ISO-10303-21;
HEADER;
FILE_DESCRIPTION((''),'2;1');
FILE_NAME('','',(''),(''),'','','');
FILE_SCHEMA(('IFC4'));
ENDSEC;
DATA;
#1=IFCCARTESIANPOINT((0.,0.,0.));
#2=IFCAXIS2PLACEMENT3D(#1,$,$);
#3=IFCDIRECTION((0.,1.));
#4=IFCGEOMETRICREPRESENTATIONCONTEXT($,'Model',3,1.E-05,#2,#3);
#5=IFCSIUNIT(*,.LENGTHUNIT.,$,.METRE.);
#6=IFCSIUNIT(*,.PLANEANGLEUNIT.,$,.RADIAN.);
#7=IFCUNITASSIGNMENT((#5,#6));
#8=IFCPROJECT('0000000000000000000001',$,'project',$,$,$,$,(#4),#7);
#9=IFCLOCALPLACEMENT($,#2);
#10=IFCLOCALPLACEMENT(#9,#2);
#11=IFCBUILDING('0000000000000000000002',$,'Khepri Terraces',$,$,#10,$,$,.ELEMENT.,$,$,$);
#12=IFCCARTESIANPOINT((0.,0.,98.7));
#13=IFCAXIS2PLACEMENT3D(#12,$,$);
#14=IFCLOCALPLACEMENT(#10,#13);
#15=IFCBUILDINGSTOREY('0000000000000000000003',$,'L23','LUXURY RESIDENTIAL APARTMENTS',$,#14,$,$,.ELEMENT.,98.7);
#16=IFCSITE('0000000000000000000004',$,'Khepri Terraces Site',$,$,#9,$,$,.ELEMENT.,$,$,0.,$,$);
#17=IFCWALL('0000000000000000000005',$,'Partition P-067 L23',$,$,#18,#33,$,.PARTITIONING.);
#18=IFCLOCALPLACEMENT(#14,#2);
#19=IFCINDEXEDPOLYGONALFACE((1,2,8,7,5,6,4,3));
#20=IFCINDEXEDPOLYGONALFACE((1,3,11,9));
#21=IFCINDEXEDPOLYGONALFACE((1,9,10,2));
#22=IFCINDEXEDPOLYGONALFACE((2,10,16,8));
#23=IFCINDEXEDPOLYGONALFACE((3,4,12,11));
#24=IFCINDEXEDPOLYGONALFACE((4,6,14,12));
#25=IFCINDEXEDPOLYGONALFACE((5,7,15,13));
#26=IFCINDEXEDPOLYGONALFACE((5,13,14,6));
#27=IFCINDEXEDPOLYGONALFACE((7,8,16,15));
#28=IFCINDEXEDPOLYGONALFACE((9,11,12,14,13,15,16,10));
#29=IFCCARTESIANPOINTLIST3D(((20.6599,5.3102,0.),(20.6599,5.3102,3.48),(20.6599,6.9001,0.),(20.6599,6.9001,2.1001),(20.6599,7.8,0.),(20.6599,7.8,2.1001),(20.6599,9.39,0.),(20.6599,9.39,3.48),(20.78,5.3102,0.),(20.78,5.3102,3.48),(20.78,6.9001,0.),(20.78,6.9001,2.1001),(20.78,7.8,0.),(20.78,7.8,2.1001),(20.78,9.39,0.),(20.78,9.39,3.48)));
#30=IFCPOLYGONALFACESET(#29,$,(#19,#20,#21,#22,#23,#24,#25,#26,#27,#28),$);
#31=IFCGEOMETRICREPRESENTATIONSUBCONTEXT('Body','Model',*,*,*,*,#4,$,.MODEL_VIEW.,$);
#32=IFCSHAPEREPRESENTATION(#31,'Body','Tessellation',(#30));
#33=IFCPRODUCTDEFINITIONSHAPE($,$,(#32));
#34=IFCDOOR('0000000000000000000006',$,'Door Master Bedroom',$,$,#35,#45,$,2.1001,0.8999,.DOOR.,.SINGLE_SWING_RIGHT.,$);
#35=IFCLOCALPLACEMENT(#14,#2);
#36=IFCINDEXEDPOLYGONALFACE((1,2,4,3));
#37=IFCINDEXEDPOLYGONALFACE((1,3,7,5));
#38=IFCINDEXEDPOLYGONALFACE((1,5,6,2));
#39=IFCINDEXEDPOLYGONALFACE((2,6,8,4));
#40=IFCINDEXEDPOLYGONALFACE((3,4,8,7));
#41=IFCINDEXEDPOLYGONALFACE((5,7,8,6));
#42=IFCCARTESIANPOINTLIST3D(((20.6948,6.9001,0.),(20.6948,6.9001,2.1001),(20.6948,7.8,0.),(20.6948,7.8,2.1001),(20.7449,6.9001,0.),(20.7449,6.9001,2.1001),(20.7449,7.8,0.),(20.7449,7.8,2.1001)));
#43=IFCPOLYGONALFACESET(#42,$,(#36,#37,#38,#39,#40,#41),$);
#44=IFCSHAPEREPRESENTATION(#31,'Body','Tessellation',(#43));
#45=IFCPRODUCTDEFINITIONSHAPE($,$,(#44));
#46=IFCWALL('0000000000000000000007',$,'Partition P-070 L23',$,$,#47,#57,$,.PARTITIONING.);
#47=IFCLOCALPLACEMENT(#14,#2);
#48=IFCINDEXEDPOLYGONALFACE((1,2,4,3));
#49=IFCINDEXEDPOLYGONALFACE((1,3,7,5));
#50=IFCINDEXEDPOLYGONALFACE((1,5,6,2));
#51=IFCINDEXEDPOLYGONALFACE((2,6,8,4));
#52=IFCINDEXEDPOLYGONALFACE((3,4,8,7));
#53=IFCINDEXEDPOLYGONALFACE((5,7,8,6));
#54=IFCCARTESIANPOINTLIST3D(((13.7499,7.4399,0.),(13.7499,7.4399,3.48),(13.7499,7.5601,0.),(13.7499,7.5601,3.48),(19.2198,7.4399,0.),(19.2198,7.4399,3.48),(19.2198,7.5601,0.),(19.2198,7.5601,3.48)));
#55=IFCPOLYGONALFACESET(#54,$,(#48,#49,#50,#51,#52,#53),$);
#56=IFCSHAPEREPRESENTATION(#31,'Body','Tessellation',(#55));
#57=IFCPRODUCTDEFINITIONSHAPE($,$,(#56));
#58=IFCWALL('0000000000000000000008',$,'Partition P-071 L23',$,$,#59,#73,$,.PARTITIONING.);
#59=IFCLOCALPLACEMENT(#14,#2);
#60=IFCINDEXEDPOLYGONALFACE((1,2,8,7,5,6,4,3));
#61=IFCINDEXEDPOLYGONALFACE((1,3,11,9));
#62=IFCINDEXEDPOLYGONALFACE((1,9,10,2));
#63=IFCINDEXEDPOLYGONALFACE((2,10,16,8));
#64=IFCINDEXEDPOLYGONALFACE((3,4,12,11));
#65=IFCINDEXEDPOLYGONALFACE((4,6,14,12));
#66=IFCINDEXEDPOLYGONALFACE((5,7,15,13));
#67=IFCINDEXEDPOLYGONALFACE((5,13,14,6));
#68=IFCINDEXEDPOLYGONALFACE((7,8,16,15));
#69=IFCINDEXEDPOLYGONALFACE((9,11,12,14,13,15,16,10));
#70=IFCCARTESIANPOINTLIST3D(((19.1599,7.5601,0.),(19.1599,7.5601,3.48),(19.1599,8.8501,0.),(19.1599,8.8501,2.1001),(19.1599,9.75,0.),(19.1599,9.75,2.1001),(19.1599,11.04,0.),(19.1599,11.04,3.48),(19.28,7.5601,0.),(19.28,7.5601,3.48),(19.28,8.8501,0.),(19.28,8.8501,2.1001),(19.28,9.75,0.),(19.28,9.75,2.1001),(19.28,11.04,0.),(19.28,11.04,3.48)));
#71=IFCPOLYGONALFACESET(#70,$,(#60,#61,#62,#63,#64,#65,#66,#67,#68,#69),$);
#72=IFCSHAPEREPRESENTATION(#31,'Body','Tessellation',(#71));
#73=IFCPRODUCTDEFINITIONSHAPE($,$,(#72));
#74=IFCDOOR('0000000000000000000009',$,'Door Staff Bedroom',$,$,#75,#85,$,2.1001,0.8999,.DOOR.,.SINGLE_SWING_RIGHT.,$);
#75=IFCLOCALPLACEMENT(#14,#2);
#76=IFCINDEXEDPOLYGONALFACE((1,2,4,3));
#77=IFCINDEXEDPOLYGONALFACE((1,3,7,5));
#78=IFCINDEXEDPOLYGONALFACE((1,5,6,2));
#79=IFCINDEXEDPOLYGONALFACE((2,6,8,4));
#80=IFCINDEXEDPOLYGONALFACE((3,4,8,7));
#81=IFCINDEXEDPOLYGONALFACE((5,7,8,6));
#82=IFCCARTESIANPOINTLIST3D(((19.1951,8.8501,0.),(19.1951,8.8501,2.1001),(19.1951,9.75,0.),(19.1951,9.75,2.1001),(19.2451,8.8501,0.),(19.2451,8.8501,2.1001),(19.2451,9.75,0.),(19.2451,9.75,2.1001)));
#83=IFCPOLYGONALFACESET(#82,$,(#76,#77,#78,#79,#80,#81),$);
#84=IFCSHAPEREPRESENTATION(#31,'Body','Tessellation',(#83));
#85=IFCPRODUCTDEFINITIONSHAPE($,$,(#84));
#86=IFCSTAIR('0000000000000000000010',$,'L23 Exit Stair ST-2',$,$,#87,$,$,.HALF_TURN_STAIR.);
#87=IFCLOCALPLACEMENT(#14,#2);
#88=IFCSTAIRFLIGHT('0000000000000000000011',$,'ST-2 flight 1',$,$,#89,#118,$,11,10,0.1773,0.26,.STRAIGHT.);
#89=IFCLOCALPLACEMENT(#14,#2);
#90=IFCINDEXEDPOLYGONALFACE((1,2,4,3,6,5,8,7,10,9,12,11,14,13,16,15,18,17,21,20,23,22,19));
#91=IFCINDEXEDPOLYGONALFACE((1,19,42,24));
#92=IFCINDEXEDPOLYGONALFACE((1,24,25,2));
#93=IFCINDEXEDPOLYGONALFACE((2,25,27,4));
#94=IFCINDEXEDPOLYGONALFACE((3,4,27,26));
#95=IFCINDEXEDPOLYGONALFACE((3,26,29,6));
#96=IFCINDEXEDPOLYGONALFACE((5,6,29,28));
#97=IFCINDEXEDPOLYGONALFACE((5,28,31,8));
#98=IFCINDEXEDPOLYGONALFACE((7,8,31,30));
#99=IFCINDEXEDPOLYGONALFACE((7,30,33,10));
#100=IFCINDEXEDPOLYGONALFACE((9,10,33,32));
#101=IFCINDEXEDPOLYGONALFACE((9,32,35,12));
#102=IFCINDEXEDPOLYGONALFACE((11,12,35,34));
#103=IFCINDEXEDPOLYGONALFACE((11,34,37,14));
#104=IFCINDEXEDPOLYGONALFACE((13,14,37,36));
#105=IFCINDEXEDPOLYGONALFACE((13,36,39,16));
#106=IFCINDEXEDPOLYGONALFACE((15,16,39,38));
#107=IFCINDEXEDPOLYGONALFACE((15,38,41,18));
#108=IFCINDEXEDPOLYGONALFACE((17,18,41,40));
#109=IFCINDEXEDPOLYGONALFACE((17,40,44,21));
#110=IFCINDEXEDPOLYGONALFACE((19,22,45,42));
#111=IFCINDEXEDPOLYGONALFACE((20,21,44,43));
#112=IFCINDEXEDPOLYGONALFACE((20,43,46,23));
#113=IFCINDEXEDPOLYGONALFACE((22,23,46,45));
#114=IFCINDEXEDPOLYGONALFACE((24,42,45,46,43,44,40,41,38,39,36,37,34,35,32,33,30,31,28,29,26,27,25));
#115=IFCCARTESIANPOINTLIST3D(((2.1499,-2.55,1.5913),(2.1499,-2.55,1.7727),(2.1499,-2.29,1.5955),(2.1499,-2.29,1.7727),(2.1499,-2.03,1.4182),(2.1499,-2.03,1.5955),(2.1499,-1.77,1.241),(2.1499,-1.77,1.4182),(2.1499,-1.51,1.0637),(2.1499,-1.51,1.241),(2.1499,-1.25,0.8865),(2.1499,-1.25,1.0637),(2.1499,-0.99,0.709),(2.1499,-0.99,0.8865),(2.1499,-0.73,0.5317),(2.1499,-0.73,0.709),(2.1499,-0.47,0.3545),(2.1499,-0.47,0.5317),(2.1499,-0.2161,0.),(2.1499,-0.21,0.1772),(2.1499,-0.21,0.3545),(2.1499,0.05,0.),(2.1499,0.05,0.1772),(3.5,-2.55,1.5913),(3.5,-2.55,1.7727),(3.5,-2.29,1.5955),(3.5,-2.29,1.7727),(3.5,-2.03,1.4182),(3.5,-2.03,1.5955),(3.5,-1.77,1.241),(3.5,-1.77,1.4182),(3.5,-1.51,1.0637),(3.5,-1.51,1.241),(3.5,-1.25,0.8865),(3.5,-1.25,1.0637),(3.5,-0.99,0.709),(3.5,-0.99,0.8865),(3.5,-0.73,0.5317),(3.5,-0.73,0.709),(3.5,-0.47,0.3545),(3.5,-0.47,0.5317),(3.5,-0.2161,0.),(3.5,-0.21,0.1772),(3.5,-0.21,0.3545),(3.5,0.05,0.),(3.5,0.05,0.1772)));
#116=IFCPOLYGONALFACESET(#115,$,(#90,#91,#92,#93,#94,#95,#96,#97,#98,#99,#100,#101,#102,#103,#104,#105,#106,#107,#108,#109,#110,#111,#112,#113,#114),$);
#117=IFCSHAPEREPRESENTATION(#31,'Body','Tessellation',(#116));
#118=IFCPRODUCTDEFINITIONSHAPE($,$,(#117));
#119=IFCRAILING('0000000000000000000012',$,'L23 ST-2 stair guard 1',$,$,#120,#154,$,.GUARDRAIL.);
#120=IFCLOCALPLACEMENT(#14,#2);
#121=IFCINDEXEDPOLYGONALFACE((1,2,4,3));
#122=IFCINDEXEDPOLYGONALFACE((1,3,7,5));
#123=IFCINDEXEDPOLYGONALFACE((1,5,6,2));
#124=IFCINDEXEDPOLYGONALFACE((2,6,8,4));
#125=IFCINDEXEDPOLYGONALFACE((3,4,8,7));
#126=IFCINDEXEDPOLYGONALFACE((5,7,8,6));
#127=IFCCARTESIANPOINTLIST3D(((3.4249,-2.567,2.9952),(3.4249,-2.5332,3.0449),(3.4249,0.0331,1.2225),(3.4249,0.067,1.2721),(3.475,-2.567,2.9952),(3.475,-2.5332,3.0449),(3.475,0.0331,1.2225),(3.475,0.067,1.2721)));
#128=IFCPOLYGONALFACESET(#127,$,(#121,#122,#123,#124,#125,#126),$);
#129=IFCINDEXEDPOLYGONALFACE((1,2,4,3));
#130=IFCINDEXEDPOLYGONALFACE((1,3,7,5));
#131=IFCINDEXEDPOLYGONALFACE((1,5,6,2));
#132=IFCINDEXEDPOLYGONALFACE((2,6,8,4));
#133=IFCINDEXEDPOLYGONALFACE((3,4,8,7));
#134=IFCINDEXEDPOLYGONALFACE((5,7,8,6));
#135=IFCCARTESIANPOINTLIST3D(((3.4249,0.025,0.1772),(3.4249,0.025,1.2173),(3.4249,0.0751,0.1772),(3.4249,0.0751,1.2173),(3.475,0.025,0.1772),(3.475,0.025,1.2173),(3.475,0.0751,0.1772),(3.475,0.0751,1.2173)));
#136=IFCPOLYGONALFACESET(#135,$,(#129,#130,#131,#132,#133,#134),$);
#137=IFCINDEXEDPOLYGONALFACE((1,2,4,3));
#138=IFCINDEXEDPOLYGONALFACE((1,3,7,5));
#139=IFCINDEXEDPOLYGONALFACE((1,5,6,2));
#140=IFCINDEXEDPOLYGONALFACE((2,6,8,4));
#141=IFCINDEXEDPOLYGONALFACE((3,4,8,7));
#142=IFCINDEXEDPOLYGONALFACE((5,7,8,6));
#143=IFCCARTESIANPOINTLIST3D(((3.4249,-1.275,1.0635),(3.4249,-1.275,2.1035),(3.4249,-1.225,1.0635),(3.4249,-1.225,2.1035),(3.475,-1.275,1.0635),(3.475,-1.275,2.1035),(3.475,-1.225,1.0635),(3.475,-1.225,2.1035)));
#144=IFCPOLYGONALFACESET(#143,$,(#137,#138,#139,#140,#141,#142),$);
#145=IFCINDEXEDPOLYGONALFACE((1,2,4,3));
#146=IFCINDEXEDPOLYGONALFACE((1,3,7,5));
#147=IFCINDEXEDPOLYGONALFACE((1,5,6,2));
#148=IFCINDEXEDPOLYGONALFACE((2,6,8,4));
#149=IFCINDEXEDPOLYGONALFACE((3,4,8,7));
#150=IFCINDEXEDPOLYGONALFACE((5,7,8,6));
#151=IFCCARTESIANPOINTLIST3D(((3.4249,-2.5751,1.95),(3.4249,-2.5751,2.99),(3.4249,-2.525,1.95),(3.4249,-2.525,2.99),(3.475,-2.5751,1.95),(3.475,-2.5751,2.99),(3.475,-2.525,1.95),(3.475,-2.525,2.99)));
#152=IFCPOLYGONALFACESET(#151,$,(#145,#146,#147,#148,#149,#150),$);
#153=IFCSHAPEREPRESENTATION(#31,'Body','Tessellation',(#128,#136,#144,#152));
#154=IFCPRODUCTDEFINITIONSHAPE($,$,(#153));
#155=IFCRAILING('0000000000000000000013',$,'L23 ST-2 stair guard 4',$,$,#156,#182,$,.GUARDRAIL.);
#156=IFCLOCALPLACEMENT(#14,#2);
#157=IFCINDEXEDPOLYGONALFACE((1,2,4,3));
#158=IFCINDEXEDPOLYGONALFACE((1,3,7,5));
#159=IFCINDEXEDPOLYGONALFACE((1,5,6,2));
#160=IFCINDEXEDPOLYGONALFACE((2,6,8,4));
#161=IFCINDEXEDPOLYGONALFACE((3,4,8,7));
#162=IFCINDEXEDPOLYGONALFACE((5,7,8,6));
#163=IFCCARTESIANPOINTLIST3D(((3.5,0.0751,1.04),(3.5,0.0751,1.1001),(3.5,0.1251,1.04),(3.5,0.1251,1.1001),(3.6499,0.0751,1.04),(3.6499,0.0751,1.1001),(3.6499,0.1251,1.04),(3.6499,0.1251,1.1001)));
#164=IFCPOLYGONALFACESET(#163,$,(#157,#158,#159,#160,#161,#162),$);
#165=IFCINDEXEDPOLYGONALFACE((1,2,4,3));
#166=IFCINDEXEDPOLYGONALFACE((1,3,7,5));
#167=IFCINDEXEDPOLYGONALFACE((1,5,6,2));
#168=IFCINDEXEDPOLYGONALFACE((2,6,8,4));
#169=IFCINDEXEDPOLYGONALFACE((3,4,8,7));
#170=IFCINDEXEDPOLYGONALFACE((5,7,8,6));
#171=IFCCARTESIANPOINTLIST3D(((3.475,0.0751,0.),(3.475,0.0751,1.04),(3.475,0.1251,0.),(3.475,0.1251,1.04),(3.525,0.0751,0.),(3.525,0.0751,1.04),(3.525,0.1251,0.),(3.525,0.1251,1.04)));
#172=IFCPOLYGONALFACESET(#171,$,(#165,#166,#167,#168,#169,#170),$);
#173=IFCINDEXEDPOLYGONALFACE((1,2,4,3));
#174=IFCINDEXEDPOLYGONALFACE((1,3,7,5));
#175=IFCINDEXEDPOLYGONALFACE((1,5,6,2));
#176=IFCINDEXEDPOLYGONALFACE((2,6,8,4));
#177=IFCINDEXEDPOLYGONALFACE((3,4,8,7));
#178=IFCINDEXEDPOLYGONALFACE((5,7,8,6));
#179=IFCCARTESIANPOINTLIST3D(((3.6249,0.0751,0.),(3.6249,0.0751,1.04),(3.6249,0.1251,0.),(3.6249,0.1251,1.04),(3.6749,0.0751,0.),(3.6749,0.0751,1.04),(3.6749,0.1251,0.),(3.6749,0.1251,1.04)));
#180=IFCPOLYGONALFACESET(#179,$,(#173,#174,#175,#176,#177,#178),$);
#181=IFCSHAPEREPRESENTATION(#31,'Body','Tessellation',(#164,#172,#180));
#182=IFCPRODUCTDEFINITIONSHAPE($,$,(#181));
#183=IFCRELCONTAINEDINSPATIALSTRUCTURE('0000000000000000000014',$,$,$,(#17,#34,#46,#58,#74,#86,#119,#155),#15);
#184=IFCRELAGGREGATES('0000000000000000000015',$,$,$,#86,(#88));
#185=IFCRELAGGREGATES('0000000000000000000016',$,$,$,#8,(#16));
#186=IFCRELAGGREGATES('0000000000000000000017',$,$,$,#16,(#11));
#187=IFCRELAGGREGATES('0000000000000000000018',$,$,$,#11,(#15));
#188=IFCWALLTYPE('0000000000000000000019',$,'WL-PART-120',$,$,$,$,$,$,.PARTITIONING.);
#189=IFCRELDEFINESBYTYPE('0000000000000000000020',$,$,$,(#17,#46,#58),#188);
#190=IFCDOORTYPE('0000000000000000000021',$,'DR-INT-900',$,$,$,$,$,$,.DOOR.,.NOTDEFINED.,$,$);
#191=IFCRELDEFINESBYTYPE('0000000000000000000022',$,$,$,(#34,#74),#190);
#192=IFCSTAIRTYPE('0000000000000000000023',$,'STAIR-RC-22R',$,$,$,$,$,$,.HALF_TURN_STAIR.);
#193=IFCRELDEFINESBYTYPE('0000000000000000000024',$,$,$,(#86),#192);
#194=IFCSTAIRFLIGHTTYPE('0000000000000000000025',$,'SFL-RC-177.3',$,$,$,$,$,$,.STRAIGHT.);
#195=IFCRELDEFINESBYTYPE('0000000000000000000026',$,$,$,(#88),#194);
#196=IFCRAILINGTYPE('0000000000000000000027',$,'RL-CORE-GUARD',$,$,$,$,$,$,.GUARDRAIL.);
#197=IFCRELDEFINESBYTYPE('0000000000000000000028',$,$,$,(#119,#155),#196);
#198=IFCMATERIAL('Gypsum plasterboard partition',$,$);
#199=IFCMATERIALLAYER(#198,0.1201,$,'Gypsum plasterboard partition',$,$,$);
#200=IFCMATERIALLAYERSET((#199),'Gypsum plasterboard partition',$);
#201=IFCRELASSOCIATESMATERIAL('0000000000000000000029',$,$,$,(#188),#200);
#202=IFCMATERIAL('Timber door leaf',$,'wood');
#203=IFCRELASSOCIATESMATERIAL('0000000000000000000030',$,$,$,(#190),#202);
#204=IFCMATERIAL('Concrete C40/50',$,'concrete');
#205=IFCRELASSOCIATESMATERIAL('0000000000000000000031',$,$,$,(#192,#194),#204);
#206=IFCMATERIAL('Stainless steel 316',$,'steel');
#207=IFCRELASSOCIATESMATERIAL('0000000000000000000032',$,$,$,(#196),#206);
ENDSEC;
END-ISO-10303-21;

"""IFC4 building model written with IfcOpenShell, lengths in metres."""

from ifc_helpers import new_model, si_unit, direction, frame, frame_2d, origin, origin_2d, place, context, subcontext, project, spatial, polyline, rectangle, outline, extrude, material, layer, layer_set, type_object, element, fill, aggregate, save


model = new_model("IFC4")

# Units and contexts
model_context = context("Model", 3, precision=1e-05, world=origin(), true_north=direction((0.0, 1.0)))
body_context = subcontext(model_context, "Body", "Model", "MODEL_VIEW")
ifc_project = project(units=[si_unit("LENGTHUNIT", "METRE"), si_unit("PLANEANGLEUNIT", "RADIAN")], contexts=[model_context])

# Site, building, storey
site_placement = place(None, origin())
site = spatial("IfcSite", under=ifc_project, at=site_placement, Name="Khepri Terraces Site", CompositionType="ELEMENT", RefElevation=0.0)
building_placement = place(site_placement, origin())
building = spatial("IfcBuilding", under=site, at=building_placement, Name="Khepri Terraces", CompositionType="ELEMENT")
storey_placement = place(building_placement, frame((0.0, 0.0, 98.7)))
storey = spatial("IfcBuildingStorey", under=building, at=storey_placement, Name="L23", Description="LUXURY RESIDENTIAL APARTMENTS", CompositionType="ELEMENT", Elevation=98.7)

# Shared definitions
ifc_material_1 = material(Name="Gypsum plasterboard partition")
ifc_layer_1 = layer(ifc_material_1, 0.1201, Name="Gypsum plasterboard partition")
ifc_layer_set_1 = layer_set([ifc_layer_1], Name="Gypsum plasterboard partition")
wall_type_1 = type_object("IfcWallType", Name="WL-PART-120", PredefinedType="PARTITIONING", material=ifc_layer_set_1)

# Wall, opening, door
wall_1_placement = place(storey_placement, frame((20.72, 5.3101, 0.0), z_axis=(0.0, 0.0, 1.0), x_axis=(0.0, 1.0, 0.0)))
wall_1 = element("IfcWall", 1, at=wall_1_placement, inside=storey, type_object=wall_type_1, Name="Partition P-067 L23", PredefinedType="PARTITIONING", context=body_context, shape_type="SweptSolid", body=[
    extrude(rectangle(XDim=4.0798, YDim=0.1201, at=frame_2d((2.04, 0.0))), origin(), (0.0, 0.0, 1.0), 3.48),
])
opening_1_placement = place(wall_1_placement, frame((1.5901, 0.0, 0.0)))
opening_1 = element("IfcOpeningElement", 2, at=opening_1_placement, cuts=wall_1, PredefinedType="OPENING", context=body_context, shape_type="SweptSolid", body=[
    extrude(rectangle(XDim=0.8999, YDim=2.1001, at=frame_2d((0.45, 1.05))), frame((0.0, 0.0701, 0.0), z_axis=(0.0, -1.0, 0.0), x_axis=(1.0, 0.0, 0.0)), (0.0, 0.0, 1.0), 0.1401),
])
ifc_material_2 = material(Name="Timber door leaf", Category="wood")
door_type_1 = type_object("IfcDoorType", Name="DR-INT-900", OperationType="NOTDEFINED", PredefinedType="DOOR", material=ifc_material_2)
door_1_placement = place(opening_1_placement, frame((0.8999, 0.0, 0.0), z_axis=(0.0, 0.0, 1.0), x_axis=(-1.0, 0.0, 0.0)))
door_1 = element("IfcDoor", 3, at=door_1_placement, inside=storey, type_object=door_type_1, Name="Door Master Bedroom", OperationType="SINGLE_SWING_RIGHT", OverallHeight=2.1001, OverallWidth=0.8999, PredefinedType="DOOR", context=body_context, shape_type="SweptSolid", body=[
    extrude(rectangle(XDim=0.8999, YDim=2.1001, at=frame_2d((0.45, 1.05))), frame((0.0, 0.0249, 0.0), z_axis=(0.0, -1.0, 0.0), x_axis=(1.0, 0.0, 0.0)), (0.0, 0.0, 1.0), 0.05),
])
fill(opening_1, door_1)

# Wall
wall_2_placement = place(storey_placement, frame((13.75, 7.5, 0.0), z_axis=(0.0, 0.0, 1.0), x_axis=(1.0, 0.0, 0.0)))
element("IfcWall", 4, at=wall_2_placement, inside=storey, type_object=wall_type_1, Name="Partition P-070 L23", PredefinedType="PARTITIONING", context=body_context, shape_type="SweptSolid", body=[
    extrude(rectangle(XDim=5.47, YDim=0.1201, at=frame_2d((2.7349, 0.0))), origin(), (0.0, 0.0, 1.0), 3.48),
])

# Wall, opening, door
wall_3_placement = place(storey_placement, frame((19.22, 7.5601, 0.0), z_axis=(0.0, 0.0, 1.0), x_axis=(0.0, 1.0, 0.0)))
wall_3 = element("IfcWall", 5, at=wall_3_placement, inside=storey, type_object=wall_type_1, Name="Partition P-071 L23", PredefinedType="PARTITIONING", context=body_context, shape_type="SweptSolid", body=[
    extrude(rectangle(XDim=3.48, YDim=0.1201, at=frame_2d((1.74, 0.0))), origin(), (0.0, 0.0, 1.0), 3.48),
])
opening_2_placement = place(wall_3_placement, frame((1.29, 0.0, 0.0)))
opening_2 = element("IfcOpeningElement", 6, at=opening_2_placement, cuts=wall_3, PredefinedType="OPENING", context=body_context, shape_type="SweptSolid", body=[
    extrude(rectangle(XDim=0.8999, YDim=2.1001, at=frame_2d((0.45, 1.05))), frame((0.0, 0.0701, 0.0), z_axis=(0.0, -1.0, 0.0), x_axis=(1.0, 0.0, 0.0)), (0.0, 0.0, 1.0), 0.1401),
])
door_2_placement = place(opening_2_placement, origin())
door_2 = element("IfcDoor", 7, at=door_2_placement, inside=storey, type_object=door_type_1, Name="Door Staff Bedroom", OperationType="SINGLE_SWING_RIGHT", OverallHeight=2.1001, OverallWidth=0.8999, PredefinedType="DOOR", context=body_context, shape_type="SweptSolid", body=[
    extrude(rectangle(XDim=0.8999, YDim=2.1001, at=frame_2d((0.45, 1.05))), frame((0.0, 0.0249, 0.0), z_axis=(0.0, -1.0, 0.0), x_axis=(1.0, 0.0, 0.0)), (0.0, 0.0, 1.0), 0.05),
])
fill(opening_2, door_2)

# Stair, stair flight
ifc_material_3 = material(Name="Concrete C40/50", Category="concrete")
stair_type = type_object("IfcStairType", Name="STAIR-RC-22R", PredefinedType="HALF_TURN_STAIR", material=ifc_material_3)
stair_placement = place(storey_placement, origin())
stair = element("IfcStair", 8, at=stair_placement, inside=storey, type_object=stair_type, Name="L23 Exit Stair ST-2", PredefinedType="HALF_TURN_STAIR")
stair_flight_type = type_object("IfcStairFlightType", Name="SFL-RC-177.3", PredefinedType="STRAIGHT", material=ifc_material_3)
stair_flight_placement = place(storey_placement, frame((2.825, 0.05, 0.0), z_axis=(0.0, 0.0, 1.0), x_axis=(0.0, -1.0, 0.0)))
stair_flight = element("IfcStairFlight", 9, at=stair_flight_placement, type_object=stair_flight_type, Name="ST-2 flight 1", NumberOfRisers=11, NumberOfTreads=10, PredefinedType="STRAIGHT", RiserHeight=0.1773, TreadLength=0.26, context=body_context, shape_type="SweptSolid", body=[
    extrude(outline(polyline([(0.0, 0.0), (0.0, 0.1772), (0.26, 0.1772), (0.26, 0.3545), (0.52, 0.3545), (0.52, 0.5317), (0.78, 0.5317), (0.78, 0.709), (1.04, 0.709), (1.04, 0.8865), (1.3, 0.8865), (1.3, 1.0637), (1.5601, 1.0637), (1.5601, 1.241), (1.8201, 1.241), (1.8201, 1.4182), (2.0801, 1.4182), (2.0801, 1.5955), (2.3401, 1.5955), (2.3401, 1.7727), (2.6001, 1.7727), (2.6001, 1.95), (2.6001, 1.5913), (0.2661, 0.0), (0.0, 0.0)])), frame((0.0, 0.675, 0.0), z_axis=(0.0, -1.0, 0.0), x_axis=(1.0, 0.0, 0.0)), (0.0, 0.0, 1.0), 1.3501),
])
aggregate(stair, [stair_flight])

# Railings
ifc_material_4 = material(Name="Stainless steel 316", Category="steel")
railing_type_1 = type_object("IfcRailingType", Name="RL-CORE-GUARD", PredefinedType="GUARDRAIL", material=ifc_material_4)
railing_1_placement = place(storey_placement, frame((3.45, 0.05, 0.1772)))
element("IfcRailing", 10, at=railing_1_placement, inside=storey, type_object=railing_type_1, Name="L23 ST-2 stair guard 1", PredefinedType="GUARDRAIL", context=body_context, shape_type="SweptSolid", body=[
    extrude(rectangle(XDim=0.05, YDim=0.0601, at=origin_2d()), frame((0.0, 0.0, 1.0701), z_axis=(0.0, -0.82624, 0.563318), x_axis=(1.0, 0.0, 0.0)), (0.0, 0.0, 1.0), 3.147),
    extrude(rectangle(XDim=0.05, YDim=0.05, at=origin_2d()), origin(), (0.0, 0.0, 1.0), 1.04),
    extrude(rectangle(XDim=0.05, YDim=0.05, at=origin_2d()), frame((0.0, -1.3, 0.8862)), (0.0, 0.0, 1.0), 1.04),
    extrude(rectangle(XDim=0.05, YDim=0.05, at=origin_2d()), frame((0.0, -2.6001, 1.7727)), (0.0, 0.0, 1.0), 1.04),
])
railing_2_placement = place(storey_placement, frame((3.5, 0.1001, 0.0)))
element("IfcRailing", 11, at=railing_2_placement, inside=storey, type_object=railing_type_1, Name="L23 ST-2 stair guard 4", PredefinedType="GUARDRAIL", context=body_context, shape_type="SweptSolid", body=[
    extrude(rectangle(XDim=0.05, YDim=0.0601, at=origin_2d()), frame((0.0, 0.0, 1.0701), z_axis=(1.0, 0.0, 0.0), x_axis=(0.0, 1.0, 0.0)), (0.0, 0.0, 1.0), 0.1499),
    extrude(rectangle(XDim=0.05, YDim=0.05, at=origin_2d()), origin(), (0.0, 0.0, 1.0), 1.04),
    extrude(rectangle(XDim=0.05, YDim=0.05, at=origin_2d()), frame((0.1499, 0.0, 0.0)), (0.0, 0.0, 1.0), 1.04),
])

save(model, "model.ifc")
